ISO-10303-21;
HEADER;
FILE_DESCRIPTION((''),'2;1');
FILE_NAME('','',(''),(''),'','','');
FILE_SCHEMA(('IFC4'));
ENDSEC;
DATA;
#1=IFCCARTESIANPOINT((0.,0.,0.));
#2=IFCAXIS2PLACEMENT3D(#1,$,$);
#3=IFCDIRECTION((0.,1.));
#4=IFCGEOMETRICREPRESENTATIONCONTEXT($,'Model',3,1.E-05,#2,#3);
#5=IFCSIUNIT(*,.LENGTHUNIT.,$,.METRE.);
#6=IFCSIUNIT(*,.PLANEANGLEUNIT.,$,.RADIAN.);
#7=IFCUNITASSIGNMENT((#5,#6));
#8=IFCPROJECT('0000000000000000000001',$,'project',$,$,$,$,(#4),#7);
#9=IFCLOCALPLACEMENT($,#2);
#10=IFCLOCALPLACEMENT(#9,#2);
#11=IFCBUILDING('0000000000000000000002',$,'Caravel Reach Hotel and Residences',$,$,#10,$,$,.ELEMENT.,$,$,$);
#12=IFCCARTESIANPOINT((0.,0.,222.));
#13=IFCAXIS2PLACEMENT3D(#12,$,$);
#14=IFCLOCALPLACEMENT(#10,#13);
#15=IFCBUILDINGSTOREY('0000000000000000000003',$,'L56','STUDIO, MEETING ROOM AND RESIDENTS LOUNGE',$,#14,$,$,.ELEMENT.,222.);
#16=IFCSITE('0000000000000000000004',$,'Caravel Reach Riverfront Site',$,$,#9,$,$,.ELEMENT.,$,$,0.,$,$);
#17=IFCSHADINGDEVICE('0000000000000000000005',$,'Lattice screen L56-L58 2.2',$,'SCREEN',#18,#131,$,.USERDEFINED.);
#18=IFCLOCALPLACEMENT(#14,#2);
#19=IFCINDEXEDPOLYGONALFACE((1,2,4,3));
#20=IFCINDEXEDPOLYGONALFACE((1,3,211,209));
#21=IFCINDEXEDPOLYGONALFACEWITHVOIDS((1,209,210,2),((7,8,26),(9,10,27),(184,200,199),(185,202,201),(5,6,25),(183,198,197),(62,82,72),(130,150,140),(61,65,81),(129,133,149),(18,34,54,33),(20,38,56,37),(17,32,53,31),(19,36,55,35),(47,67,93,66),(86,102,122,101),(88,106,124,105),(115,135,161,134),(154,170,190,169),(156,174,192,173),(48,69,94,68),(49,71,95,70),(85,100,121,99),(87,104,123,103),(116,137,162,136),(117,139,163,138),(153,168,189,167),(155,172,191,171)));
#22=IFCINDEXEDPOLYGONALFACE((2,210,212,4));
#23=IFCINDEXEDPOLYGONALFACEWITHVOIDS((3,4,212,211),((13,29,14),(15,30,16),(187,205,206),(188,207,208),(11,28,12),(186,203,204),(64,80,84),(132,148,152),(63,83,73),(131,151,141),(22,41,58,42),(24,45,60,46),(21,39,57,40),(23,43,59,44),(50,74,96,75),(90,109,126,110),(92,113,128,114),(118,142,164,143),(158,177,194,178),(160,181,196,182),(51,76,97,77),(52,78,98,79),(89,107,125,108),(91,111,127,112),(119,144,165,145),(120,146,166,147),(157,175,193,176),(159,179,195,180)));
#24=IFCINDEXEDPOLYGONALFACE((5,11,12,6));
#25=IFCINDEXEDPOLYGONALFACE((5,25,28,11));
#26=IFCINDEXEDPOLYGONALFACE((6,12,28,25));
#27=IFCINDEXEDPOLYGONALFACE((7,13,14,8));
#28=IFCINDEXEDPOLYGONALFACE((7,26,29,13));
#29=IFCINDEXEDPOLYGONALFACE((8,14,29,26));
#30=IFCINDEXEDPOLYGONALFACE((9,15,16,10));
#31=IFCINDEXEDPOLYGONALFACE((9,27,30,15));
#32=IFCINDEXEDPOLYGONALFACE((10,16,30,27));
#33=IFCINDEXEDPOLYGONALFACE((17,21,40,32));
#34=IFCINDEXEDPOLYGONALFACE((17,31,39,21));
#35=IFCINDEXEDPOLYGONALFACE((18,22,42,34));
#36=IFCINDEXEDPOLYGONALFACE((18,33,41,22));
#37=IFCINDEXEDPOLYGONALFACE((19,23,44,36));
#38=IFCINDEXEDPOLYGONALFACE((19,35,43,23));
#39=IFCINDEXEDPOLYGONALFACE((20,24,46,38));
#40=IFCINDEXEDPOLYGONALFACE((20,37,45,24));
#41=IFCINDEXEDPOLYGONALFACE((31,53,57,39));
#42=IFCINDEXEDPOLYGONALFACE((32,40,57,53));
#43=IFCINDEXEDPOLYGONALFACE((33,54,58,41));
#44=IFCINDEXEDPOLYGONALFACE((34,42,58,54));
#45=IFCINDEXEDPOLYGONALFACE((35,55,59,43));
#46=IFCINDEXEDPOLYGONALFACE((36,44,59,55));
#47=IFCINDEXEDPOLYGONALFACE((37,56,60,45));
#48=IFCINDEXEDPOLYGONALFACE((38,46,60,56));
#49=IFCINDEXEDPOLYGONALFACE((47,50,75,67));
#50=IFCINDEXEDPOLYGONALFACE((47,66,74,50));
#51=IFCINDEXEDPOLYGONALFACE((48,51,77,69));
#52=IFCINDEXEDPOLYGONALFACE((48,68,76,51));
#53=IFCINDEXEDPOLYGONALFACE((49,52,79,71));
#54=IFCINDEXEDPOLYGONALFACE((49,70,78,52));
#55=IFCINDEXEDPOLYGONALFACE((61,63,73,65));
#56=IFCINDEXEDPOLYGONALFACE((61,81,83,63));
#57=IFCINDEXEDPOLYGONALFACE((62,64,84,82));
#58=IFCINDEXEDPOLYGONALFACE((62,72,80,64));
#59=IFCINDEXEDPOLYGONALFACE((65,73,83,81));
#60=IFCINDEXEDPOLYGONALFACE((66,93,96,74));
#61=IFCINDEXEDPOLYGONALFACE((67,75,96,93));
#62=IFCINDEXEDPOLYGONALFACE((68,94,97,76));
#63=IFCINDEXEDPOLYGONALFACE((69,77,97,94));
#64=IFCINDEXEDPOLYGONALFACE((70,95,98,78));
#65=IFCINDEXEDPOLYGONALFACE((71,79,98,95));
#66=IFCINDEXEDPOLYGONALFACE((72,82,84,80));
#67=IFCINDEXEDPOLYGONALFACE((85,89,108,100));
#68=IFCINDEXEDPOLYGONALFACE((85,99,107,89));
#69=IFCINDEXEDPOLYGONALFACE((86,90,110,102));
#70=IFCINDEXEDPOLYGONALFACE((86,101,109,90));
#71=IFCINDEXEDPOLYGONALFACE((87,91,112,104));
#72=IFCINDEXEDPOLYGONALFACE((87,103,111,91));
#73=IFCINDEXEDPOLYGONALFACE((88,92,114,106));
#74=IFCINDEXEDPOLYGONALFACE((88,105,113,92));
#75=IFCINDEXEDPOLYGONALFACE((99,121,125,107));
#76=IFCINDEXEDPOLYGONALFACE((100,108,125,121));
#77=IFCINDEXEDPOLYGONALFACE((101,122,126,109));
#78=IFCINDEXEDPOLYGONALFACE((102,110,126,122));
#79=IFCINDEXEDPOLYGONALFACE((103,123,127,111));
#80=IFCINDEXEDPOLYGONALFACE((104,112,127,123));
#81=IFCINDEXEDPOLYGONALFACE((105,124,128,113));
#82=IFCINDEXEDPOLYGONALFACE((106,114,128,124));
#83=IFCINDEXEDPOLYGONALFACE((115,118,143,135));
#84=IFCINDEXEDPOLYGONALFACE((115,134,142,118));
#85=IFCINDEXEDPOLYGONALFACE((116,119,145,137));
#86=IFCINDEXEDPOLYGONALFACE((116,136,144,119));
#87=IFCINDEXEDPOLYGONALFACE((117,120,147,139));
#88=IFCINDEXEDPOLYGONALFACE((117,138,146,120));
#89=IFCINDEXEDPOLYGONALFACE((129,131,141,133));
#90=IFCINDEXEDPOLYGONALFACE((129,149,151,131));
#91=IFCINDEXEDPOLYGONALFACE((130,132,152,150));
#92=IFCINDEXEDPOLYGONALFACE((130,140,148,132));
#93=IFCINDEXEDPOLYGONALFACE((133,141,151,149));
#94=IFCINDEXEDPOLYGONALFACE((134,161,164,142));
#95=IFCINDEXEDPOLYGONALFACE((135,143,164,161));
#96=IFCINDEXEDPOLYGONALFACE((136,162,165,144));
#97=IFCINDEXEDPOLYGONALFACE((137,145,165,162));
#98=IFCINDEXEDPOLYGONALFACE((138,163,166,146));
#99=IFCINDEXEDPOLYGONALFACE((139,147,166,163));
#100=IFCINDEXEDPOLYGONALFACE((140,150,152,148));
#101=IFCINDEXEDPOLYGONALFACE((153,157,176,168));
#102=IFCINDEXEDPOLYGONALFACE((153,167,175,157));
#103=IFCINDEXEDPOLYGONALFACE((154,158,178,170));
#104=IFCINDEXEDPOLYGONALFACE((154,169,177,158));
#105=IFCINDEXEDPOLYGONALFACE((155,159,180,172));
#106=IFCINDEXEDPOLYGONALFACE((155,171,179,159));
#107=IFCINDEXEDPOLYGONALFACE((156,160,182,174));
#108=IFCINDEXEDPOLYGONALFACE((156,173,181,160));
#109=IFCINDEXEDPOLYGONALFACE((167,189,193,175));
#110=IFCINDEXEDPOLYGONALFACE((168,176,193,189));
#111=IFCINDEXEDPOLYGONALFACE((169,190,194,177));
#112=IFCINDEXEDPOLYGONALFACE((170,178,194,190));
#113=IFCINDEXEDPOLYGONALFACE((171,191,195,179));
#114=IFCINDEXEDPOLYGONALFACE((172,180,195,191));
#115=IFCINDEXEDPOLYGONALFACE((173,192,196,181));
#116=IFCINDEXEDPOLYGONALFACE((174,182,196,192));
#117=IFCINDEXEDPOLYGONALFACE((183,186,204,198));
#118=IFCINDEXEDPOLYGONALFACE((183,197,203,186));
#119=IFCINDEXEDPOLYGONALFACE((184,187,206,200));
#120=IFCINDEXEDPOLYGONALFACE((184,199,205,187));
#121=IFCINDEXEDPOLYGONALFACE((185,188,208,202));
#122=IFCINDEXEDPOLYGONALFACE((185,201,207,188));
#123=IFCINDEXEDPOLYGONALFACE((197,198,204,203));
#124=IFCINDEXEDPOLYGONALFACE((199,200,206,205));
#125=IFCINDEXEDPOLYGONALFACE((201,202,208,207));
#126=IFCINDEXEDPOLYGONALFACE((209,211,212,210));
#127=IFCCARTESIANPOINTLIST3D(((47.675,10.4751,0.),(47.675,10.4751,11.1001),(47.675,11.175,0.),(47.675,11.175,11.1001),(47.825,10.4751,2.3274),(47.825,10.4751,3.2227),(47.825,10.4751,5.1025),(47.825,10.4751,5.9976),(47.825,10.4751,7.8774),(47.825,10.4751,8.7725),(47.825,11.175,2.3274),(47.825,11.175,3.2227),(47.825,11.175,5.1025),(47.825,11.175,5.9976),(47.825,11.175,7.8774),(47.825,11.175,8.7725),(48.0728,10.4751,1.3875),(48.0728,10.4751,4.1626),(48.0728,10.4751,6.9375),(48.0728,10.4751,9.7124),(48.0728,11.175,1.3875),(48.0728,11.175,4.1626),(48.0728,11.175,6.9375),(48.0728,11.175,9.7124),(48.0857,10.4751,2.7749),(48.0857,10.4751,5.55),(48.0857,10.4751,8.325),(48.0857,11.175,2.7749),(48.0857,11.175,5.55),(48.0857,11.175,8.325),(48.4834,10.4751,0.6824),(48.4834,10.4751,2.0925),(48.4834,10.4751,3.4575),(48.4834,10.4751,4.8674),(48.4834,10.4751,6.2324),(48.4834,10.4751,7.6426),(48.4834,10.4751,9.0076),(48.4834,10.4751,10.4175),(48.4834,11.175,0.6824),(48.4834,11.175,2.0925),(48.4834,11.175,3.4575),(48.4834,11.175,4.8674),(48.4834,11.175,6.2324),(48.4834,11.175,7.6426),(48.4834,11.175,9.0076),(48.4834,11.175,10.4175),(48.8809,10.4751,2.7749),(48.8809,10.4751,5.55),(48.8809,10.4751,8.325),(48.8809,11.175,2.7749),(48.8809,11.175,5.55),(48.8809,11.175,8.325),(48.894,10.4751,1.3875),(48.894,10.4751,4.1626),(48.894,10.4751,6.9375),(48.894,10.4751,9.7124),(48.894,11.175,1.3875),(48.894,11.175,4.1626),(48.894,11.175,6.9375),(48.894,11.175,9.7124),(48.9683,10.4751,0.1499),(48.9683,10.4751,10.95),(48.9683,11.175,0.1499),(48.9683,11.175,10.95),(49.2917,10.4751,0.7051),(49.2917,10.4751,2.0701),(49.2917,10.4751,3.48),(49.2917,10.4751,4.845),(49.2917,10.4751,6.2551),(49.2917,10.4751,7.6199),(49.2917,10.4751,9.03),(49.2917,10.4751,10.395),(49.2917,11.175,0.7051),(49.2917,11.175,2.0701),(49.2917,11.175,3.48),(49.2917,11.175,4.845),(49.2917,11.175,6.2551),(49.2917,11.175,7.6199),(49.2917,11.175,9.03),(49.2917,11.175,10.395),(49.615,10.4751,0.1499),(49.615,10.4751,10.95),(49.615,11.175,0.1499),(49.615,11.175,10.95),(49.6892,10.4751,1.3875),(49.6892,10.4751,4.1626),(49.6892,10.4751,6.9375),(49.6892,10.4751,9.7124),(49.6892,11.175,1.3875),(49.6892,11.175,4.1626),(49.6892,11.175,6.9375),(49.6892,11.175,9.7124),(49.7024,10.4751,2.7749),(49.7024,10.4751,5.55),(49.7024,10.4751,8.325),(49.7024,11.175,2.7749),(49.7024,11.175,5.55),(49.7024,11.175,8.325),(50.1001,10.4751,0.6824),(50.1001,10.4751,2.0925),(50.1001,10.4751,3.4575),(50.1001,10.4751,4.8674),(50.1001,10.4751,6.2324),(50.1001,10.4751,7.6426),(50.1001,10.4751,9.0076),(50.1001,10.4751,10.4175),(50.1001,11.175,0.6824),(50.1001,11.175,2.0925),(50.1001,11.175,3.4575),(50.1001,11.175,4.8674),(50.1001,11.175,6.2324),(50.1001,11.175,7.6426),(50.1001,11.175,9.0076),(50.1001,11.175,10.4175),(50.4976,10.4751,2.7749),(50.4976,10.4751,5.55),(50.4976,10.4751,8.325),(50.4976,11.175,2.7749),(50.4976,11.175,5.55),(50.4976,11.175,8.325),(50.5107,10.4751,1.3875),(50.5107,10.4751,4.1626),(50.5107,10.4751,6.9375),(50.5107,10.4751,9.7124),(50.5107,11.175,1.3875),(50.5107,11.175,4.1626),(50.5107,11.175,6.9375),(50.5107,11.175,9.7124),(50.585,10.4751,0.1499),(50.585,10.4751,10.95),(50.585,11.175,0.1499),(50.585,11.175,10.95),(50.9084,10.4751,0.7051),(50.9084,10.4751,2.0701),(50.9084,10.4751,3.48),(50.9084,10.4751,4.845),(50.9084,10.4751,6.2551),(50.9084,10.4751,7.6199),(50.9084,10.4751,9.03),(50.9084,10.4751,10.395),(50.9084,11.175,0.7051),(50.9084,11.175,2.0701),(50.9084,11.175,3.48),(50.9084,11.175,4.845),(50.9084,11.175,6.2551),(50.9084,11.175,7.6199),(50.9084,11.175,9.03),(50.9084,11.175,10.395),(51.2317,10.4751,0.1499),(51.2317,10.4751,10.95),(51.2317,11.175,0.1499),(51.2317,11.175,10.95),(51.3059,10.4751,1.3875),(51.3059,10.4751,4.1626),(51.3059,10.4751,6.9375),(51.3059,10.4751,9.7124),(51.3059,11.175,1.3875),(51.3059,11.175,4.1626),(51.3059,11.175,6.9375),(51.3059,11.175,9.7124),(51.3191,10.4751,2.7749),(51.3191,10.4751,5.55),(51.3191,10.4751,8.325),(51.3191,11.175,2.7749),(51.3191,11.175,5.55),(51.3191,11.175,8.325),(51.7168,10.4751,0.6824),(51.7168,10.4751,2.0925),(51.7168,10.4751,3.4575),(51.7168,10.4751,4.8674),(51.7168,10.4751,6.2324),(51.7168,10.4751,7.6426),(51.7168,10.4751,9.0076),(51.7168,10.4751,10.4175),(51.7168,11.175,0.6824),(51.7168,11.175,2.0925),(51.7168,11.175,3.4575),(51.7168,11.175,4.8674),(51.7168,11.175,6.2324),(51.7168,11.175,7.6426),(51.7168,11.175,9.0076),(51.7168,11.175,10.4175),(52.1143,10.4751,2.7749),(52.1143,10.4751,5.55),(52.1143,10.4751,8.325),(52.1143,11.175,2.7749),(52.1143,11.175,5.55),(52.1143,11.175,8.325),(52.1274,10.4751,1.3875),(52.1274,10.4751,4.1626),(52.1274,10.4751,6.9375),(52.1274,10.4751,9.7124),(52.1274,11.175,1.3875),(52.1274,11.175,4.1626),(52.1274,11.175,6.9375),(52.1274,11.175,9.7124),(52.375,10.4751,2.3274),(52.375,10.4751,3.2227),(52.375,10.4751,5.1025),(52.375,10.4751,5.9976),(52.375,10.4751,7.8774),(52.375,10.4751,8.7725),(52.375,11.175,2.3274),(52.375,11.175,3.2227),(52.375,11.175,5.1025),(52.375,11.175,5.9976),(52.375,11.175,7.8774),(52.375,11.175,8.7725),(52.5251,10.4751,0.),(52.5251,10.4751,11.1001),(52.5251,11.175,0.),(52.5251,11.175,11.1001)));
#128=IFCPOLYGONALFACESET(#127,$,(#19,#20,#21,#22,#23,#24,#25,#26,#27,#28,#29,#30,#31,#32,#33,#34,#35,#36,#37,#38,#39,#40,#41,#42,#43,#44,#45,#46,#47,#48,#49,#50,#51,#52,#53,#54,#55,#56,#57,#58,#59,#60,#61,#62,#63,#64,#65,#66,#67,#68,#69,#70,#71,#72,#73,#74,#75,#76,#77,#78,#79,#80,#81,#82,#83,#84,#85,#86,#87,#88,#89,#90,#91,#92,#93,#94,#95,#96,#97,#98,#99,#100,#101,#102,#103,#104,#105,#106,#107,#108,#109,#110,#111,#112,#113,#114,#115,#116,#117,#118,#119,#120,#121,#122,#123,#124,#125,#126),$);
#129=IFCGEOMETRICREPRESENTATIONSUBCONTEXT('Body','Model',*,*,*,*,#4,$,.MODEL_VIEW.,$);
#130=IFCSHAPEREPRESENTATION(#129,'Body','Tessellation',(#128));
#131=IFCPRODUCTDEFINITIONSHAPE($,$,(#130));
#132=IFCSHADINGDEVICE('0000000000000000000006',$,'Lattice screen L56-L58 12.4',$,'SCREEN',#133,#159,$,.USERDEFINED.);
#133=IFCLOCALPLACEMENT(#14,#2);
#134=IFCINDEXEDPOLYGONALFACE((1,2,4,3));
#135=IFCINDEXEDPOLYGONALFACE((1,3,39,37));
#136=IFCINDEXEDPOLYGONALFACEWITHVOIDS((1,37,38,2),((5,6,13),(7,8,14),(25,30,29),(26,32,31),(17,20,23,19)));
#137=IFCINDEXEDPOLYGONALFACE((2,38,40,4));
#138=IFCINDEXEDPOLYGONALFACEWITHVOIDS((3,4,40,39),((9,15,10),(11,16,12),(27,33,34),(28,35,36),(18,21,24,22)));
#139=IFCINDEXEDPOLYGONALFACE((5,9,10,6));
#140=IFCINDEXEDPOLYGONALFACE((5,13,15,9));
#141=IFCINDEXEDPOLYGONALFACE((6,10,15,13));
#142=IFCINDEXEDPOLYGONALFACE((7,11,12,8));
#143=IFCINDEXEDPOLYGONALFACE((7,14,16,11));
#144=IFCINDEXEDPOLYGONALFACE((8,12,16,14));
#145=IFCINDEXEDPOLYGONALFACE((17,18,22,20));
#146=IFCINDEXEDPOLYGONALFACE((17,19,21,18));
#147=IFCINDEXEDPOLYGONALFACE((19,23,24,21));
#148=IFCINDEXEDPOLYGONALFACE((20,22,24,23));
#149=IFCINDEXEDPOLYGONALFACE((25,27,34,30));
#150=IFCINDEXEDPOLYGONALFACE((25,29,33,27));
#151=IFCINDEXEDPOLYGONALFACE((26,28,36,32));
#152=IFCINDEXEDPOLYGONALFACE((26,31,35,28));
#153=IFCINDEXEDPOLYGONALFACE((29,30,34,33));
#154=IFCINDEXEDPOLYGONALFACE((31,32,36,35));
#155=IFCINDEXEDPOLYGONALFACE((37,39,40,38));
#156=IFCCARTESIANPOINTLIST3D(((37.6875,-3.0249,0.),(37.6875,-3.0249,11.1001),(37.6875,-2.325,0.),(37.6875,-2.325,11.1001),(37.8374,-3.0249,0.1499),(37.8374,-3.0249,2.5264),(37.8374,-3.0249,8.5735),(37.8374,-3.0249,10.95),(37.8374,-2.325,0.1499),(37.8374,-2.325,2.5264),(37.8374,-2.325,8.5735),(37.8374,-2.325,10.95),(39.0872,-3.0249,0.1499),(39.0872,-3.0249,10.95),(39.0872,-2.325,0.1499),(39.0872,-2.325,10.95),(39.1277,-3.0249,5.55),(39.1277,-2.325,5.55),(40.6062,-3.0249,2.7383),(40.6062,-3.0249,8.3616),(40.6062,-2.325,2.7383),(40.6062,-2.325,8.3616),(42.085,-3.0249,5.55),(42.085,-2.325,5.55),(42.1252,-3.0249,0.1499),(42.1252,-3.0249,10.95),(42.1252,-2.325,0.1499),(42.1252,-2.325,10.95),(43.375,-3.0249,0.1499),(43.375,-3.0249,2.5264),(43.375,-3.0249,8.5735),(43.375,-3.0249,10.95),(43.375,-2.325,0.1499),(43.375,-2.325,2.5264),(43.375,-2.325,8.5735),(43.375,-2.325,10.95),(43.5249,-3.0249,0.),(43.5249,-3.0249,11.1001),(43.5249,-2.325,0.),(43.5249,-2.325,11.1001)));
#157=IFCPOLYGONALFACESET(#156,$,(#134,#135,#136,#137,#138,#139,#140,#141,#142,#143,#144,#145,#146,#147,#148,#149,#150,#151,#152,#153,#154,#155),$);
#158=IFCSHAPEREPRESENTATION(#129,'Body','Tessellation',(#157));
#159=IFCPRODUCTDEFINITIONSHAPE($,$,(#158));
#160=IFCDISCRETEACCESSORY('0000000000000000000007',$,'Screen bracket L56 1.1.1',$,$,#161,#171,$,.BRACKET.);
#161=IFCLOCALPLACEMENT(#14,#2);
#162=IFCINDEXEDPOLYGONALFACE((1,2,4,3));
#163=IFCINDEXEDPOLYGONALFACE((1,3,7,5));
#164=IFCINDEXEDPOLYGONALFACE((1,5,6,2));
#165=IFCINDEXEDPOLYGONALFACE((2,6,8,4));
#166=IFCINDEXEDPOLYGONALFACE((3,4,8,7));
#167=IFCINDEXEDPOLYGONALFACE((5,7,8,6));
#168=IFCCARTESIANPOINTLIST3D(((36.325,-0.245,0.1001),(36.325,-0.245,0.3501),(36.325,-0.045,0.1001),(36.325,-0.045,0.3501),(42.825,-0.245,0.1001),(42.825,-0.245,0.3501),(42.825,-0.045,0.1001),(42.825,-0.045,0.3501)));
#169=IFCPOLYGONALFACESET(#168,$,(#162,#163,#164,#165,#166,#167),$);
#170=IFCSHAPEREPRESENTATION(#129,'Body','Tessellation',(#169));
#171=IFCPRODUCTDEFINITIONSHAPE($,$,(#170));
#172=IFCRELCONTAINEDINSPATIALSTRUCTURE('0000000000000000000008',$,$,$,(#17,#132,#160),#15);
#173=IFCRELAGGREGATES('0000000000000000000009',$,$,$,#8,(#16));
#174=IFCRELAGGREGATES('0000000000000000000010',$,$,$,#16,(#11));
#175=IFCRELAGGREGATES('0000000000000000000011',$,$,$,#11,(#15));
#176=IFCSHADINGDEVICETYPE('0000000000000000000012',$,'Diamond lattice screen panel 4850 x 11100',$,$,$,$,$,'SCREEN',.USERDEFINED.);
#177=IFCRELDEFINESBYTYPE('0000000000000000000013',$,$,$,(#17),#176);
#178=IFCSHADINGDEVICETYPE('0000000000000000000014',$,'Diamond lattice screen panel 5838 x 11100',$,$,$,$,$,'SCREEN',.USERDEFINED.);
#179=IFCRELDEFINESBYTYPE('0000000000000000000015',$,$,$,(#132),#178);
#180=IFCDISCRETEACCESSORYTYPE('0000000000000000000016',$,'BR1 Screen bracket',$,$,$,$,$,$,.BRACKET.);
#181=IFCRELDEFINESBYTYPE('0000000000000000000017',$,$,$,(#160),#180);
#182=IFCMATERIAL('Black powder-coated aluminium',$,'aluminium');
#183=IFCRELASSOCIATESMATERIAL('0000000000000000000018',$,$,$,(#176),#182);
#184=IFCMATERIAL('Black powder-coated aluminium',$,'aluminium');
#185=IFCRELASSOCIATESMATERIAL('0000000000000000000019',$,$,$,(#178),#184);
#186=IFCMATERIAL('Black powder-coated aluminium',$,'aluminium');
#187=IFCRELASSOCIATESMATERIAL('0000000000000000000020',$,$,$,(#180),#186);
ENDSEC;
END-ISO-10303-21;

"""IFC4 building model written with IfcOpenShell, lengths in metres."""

from ifc_helpers import new_model, si_unit, direction, frame, origin, origin_2d, place, context, subcontext, project, spatial, polyline, rectangle, outline, extrude, material, type_object, element, save


model = new_model("IFC4")

# Units and contexts
model_context = context("Model", 3, precision=1e-05, world=origin(), true_north=direction((0.0, 1.0)))
body_context = subcontext(model_context, "Body", "Model", "MODEL_VIEW")
ifc_project = project(units=[si_unit("LENGTHUNIT", "METRE"), si_unit("PLANEANGLEUNIT", "RADIAN")], contexts=[model_context])

# Site, building, storey
site_placement = place(None, origin())
site = spatial("IfcSite", under=ifc_project, at=site_placement, Name="Caravel Reach Riverfront Site", CompositionType="ELEMENT", RefElevation=0.0)
building_placement = place(site_placement, origin())
building = spatial("IfcBuilding", under=site, at=building_placement, Name="Caravel Reach Hotel and Residences", CompositionType="ELEMENT")
storey_placement = place(building_placement, frame((0.0, 0.0, 222.0)))
storey = spatial("IfcBuildingStorey", under=building, at=storey_placement, Name="L56", Description="STUDIO, MEETING ROOM AND RESIDENTS LOUNGE", CompositionType="ELEMENT", Elevation=222.0)

# Shading devices
ifc_material_1 = material(Name="Black powder-coated aluminium", Category="aluminium")
shading_device_type_1 = type_object("IfcShadingDeviceType", Name="Diamond lattice screen panel 4850 x 11100", ElementType="SCREEN", PredefinedType="USERDEFINED", material=ifc_material_1)
shading_device_1_placement = place(storey_placement, frame((47.675, 11.175, 0.0), z_axis=(0.0, -1.0, 0.0), x_axis=(1.0, 0.0, 0.0)))
element("IfcShadingDevice", 1, at=shading_device_1_placement, inside=storey, type_object=shading_device_type_1, Name="Lattice screen L56-L58 2.2", ObjectType="SCREEN", PredefinedType="USERDEFINED", context=body_context, shape_type="SweptSolid", body=[
    extrude(outline(polyline([(0.0, 0.0), (4.8501, 0.0), (4.8501, 11.1001), (0.0, 11.1001), (0.0, 0.0)]), holes=[polyline([(0.4106, 2.7749), (0.1499, 3.2227), (0.1499, 2.3274), (0.4106, 2.7749)]), polyline([(0.4106, 5.55), (0.1499, 5.9976), (0.1499, 5.1025), (0.4106, 5.55)]), polyline([(0.4106, 8.325), (0.1499, 8.7725), (0.1499, 7.8774), (0.4106, 8.325)]), polyline([(0.8083, 2.0925), (0.3977, 1.3875), (0.8083, 0.6824), (1.219, 1.3875), (0.8083, 2.0925)]), polyline([(0.8083, 4.8674), (0.3977, 4.1626), (0.8083, 3.4575), (1.219, 4.1626), (0.8083, 4.8674)]), polyline([(0.8083, 7.6426), (0.3977, 6.9375), (0.8083, 6.2324), (1.219, 6.9375), (0.8083, 7.6426)]), polyline([(0.8083, 10.4175), (0.3977, 9.7124), (0.8083, 9.0076), (1.219, 9.7124), (0.8083, 10.4175)]), polyline([(1.6167, 0.7051), (1.2932, 0.1499), (1.9399, 0.1499), (1.6167, 0.7051)]), polyline([(1.6167, 3.48), (1.2058, 2.7749), (1.6167, 2.0701), (2.0273, 2.7749), (1.6167, 3.48)]), polyline([(1.6167, 6.2551), (1.2058, 5.55), (1.6167, 4.845), (2.0273, 5.55), (1.6167, 6.2551)]), polyline([(1.6167, 9.03), (1.2058, 8.325), (1.6167, 7.6199), (2.0273, 8.325), (1.6167, 9.03)]), polyline([(1.6167, 10.395), (1.9399, 10.95), (1.2932, 10.95), (1.6167, 10.395)]), polyline([(2.425, 2.0925), (2.0142, 1.3875), (2.425, 0.6824), (2.8357, 1.3875), (2.425, 2.0925)]), polyline([(2.425, 4.8674), (2.0142, 4.1626), (2.425, 3.4575), (2.8357, 4.1626), (2.425, 4.8674)]), polyline([(2.425, 7.6426), (2.0142, 6.9375), (2.425, 6.2324), (2.8357, 6.9375), (2.425, 7.6426)]), polyline([(2.425, 10.4175), (2.0142, 9.7124), (2.425, 9.0076), (2.8357, 9.7124), (2.425, 10.4175)]), polyline([(3.2334, 0.7051), (2.9099, 0.1499), (3.5566, 0.1499), (3.2334, 0.7051)]), polyline([(3.2334, 3.48), (2.8225, 2.7749), (3.2334, 2.0701), (3.644, 2.7749), (3.2334, 3.48)]), polyline([(3.2334, 6.2551), (2.8225, 5.55), (3.2334, 4.845), (3.644, 5.55), (3.2334, 6.2551)]), polyline([(3.2334, 9.03), (2.8225, 8.325), (3.2334, 7.6199), (3.644, 8.325), (3.2334, 9.03)]), polyline([(3.2334, 10.395), (3.5566, 10.95), (2.9099, 10.95), (3.2334, 10.395)]), polyline([(4.0417, 2.0925), (3.6309, 1.3875), (4.0417, 0.6824), (4.4524, 1.3875), (4.0417, 2.0925)]), polyline([(4.0417, 4.8674), (3.6309, 4.1626), (4.0417, 3.4575), (4.4524, 4.1626), (4.0417, 4.8674)]), polyline([(4.0417, 7.6426), (3.6309, 6.9375), (4.0417, 6.2324), (4.4524, 6.9375), (4.0417, 7.6426)]), polyline([(4.0417, 10.4175), (3.6309, 9.7124), (4.0417, 9.0076), (4.4524, 9.7124), (4.0417, 10.4175)]), polyline([(4.4392, 2.7749), (4.7, 2.3274), (4.7, 3.2227), (4.4392, 2.7749)]), polyline([(4.4392, 5.55), (4.7, 5.1025), (4.7, 5.9976), (4.4392, 5.55)]), polyline([(4.4392, 8.325), (4.7, 7.8774), (4.7, 8.7725), (4.4392, 8.325)])]), origin(), (0.0, 0.0, 1.0), 0.7),
])
ifc_material_2 = material(Name="Black powder-coated aluminium", Category="aluminium")
shading_device_type_2 = type_object("IfcShadingDeviceType", Name="Diamond lattice screen panel 5838 x 11100", ElementType="SCREEN", PredefinedType="USERDEFINED", material=ifc_material_2)
shading_device_2_placement = place(storey_placement, frame((37.6875, -2.325, 0.0), z_axis=(0.0, -1.0, 0.0), x_axis=(1.0, 0.0, 0.0)))
element("IfcShadingDevice", 2, at=shading_device_2_placement, inside=storey, type_object=shading_device_type_2, Name="Lattice screen L56-L58 12.4", ObjectType="SCREEN", PredefinedType="USERDEFINED", context=body_context, shape_type="SweptSolid", body=[
    extrude(outline(polyline([(0.0, 0.0), (5.8374, 0.0), (5.8374, 11.1001), (0.0, 11.1001), (0.0, 0.0)]), holes=[polyline([(1.3997, 0.1499), (0.1499, 2.5264), (0.1499, 0.1499), (1.3997, 0.1499)]), polyline([(0.1499, 8.5735), (1.3997, 10.95), (0.1499, 10.95), (0.1499, 8.5735)]), polyline([(2.9187, 8.3616), (1.4402, 5.55), (2.9187, 2.7383), (4.3975, 5.55), (2.9187, 8.3616)]), polyline([(5.6875, 2.5264), (4.4377, 0.1499), (5.6875, 0.1499), (5.6875, 2.5264)]), polyline([(4.4377, 10.95), (5.6875, 8.5735), (5.6875, 10.95), (4.4377, 10.95)])]), origin(), (0.0, 0.0, 1.0), 0.7),
])

# Discrete accessory
ifc_material_3 = material(Name="Black powder-coated aluminium", Category="aluminium")
discrete_accessory_type = type_object("IfcDiscreteAccessoryType", Name="BR1 Screen bracket", PredefinedType="BRACKET", material=ifc_material_3)
discrete_accessory_1_placement = place(storey_placement, frame((39.575, -0.145, 0.1001), z_axis=(0.0, 0.0, 1.0), x_axis=(1.0, 0.0, 0.0)))
element("IfcDiscreteAccessory", 3, at=discrete_accessory_1_placement, inside=storey, type_object=discrete_accessory_type, Name="Screen bracket L56 1.1.1", PredefinedType="BRACKET", context=body_context, shape_type="SweptSolid", body=[
    extrude(rectangle(XDim=6.5, YDim=0.2, at=origin_2d()), origin(), (0.0, 0.0, 1.0), 0.25),
])

save(model, "model.ifc")
